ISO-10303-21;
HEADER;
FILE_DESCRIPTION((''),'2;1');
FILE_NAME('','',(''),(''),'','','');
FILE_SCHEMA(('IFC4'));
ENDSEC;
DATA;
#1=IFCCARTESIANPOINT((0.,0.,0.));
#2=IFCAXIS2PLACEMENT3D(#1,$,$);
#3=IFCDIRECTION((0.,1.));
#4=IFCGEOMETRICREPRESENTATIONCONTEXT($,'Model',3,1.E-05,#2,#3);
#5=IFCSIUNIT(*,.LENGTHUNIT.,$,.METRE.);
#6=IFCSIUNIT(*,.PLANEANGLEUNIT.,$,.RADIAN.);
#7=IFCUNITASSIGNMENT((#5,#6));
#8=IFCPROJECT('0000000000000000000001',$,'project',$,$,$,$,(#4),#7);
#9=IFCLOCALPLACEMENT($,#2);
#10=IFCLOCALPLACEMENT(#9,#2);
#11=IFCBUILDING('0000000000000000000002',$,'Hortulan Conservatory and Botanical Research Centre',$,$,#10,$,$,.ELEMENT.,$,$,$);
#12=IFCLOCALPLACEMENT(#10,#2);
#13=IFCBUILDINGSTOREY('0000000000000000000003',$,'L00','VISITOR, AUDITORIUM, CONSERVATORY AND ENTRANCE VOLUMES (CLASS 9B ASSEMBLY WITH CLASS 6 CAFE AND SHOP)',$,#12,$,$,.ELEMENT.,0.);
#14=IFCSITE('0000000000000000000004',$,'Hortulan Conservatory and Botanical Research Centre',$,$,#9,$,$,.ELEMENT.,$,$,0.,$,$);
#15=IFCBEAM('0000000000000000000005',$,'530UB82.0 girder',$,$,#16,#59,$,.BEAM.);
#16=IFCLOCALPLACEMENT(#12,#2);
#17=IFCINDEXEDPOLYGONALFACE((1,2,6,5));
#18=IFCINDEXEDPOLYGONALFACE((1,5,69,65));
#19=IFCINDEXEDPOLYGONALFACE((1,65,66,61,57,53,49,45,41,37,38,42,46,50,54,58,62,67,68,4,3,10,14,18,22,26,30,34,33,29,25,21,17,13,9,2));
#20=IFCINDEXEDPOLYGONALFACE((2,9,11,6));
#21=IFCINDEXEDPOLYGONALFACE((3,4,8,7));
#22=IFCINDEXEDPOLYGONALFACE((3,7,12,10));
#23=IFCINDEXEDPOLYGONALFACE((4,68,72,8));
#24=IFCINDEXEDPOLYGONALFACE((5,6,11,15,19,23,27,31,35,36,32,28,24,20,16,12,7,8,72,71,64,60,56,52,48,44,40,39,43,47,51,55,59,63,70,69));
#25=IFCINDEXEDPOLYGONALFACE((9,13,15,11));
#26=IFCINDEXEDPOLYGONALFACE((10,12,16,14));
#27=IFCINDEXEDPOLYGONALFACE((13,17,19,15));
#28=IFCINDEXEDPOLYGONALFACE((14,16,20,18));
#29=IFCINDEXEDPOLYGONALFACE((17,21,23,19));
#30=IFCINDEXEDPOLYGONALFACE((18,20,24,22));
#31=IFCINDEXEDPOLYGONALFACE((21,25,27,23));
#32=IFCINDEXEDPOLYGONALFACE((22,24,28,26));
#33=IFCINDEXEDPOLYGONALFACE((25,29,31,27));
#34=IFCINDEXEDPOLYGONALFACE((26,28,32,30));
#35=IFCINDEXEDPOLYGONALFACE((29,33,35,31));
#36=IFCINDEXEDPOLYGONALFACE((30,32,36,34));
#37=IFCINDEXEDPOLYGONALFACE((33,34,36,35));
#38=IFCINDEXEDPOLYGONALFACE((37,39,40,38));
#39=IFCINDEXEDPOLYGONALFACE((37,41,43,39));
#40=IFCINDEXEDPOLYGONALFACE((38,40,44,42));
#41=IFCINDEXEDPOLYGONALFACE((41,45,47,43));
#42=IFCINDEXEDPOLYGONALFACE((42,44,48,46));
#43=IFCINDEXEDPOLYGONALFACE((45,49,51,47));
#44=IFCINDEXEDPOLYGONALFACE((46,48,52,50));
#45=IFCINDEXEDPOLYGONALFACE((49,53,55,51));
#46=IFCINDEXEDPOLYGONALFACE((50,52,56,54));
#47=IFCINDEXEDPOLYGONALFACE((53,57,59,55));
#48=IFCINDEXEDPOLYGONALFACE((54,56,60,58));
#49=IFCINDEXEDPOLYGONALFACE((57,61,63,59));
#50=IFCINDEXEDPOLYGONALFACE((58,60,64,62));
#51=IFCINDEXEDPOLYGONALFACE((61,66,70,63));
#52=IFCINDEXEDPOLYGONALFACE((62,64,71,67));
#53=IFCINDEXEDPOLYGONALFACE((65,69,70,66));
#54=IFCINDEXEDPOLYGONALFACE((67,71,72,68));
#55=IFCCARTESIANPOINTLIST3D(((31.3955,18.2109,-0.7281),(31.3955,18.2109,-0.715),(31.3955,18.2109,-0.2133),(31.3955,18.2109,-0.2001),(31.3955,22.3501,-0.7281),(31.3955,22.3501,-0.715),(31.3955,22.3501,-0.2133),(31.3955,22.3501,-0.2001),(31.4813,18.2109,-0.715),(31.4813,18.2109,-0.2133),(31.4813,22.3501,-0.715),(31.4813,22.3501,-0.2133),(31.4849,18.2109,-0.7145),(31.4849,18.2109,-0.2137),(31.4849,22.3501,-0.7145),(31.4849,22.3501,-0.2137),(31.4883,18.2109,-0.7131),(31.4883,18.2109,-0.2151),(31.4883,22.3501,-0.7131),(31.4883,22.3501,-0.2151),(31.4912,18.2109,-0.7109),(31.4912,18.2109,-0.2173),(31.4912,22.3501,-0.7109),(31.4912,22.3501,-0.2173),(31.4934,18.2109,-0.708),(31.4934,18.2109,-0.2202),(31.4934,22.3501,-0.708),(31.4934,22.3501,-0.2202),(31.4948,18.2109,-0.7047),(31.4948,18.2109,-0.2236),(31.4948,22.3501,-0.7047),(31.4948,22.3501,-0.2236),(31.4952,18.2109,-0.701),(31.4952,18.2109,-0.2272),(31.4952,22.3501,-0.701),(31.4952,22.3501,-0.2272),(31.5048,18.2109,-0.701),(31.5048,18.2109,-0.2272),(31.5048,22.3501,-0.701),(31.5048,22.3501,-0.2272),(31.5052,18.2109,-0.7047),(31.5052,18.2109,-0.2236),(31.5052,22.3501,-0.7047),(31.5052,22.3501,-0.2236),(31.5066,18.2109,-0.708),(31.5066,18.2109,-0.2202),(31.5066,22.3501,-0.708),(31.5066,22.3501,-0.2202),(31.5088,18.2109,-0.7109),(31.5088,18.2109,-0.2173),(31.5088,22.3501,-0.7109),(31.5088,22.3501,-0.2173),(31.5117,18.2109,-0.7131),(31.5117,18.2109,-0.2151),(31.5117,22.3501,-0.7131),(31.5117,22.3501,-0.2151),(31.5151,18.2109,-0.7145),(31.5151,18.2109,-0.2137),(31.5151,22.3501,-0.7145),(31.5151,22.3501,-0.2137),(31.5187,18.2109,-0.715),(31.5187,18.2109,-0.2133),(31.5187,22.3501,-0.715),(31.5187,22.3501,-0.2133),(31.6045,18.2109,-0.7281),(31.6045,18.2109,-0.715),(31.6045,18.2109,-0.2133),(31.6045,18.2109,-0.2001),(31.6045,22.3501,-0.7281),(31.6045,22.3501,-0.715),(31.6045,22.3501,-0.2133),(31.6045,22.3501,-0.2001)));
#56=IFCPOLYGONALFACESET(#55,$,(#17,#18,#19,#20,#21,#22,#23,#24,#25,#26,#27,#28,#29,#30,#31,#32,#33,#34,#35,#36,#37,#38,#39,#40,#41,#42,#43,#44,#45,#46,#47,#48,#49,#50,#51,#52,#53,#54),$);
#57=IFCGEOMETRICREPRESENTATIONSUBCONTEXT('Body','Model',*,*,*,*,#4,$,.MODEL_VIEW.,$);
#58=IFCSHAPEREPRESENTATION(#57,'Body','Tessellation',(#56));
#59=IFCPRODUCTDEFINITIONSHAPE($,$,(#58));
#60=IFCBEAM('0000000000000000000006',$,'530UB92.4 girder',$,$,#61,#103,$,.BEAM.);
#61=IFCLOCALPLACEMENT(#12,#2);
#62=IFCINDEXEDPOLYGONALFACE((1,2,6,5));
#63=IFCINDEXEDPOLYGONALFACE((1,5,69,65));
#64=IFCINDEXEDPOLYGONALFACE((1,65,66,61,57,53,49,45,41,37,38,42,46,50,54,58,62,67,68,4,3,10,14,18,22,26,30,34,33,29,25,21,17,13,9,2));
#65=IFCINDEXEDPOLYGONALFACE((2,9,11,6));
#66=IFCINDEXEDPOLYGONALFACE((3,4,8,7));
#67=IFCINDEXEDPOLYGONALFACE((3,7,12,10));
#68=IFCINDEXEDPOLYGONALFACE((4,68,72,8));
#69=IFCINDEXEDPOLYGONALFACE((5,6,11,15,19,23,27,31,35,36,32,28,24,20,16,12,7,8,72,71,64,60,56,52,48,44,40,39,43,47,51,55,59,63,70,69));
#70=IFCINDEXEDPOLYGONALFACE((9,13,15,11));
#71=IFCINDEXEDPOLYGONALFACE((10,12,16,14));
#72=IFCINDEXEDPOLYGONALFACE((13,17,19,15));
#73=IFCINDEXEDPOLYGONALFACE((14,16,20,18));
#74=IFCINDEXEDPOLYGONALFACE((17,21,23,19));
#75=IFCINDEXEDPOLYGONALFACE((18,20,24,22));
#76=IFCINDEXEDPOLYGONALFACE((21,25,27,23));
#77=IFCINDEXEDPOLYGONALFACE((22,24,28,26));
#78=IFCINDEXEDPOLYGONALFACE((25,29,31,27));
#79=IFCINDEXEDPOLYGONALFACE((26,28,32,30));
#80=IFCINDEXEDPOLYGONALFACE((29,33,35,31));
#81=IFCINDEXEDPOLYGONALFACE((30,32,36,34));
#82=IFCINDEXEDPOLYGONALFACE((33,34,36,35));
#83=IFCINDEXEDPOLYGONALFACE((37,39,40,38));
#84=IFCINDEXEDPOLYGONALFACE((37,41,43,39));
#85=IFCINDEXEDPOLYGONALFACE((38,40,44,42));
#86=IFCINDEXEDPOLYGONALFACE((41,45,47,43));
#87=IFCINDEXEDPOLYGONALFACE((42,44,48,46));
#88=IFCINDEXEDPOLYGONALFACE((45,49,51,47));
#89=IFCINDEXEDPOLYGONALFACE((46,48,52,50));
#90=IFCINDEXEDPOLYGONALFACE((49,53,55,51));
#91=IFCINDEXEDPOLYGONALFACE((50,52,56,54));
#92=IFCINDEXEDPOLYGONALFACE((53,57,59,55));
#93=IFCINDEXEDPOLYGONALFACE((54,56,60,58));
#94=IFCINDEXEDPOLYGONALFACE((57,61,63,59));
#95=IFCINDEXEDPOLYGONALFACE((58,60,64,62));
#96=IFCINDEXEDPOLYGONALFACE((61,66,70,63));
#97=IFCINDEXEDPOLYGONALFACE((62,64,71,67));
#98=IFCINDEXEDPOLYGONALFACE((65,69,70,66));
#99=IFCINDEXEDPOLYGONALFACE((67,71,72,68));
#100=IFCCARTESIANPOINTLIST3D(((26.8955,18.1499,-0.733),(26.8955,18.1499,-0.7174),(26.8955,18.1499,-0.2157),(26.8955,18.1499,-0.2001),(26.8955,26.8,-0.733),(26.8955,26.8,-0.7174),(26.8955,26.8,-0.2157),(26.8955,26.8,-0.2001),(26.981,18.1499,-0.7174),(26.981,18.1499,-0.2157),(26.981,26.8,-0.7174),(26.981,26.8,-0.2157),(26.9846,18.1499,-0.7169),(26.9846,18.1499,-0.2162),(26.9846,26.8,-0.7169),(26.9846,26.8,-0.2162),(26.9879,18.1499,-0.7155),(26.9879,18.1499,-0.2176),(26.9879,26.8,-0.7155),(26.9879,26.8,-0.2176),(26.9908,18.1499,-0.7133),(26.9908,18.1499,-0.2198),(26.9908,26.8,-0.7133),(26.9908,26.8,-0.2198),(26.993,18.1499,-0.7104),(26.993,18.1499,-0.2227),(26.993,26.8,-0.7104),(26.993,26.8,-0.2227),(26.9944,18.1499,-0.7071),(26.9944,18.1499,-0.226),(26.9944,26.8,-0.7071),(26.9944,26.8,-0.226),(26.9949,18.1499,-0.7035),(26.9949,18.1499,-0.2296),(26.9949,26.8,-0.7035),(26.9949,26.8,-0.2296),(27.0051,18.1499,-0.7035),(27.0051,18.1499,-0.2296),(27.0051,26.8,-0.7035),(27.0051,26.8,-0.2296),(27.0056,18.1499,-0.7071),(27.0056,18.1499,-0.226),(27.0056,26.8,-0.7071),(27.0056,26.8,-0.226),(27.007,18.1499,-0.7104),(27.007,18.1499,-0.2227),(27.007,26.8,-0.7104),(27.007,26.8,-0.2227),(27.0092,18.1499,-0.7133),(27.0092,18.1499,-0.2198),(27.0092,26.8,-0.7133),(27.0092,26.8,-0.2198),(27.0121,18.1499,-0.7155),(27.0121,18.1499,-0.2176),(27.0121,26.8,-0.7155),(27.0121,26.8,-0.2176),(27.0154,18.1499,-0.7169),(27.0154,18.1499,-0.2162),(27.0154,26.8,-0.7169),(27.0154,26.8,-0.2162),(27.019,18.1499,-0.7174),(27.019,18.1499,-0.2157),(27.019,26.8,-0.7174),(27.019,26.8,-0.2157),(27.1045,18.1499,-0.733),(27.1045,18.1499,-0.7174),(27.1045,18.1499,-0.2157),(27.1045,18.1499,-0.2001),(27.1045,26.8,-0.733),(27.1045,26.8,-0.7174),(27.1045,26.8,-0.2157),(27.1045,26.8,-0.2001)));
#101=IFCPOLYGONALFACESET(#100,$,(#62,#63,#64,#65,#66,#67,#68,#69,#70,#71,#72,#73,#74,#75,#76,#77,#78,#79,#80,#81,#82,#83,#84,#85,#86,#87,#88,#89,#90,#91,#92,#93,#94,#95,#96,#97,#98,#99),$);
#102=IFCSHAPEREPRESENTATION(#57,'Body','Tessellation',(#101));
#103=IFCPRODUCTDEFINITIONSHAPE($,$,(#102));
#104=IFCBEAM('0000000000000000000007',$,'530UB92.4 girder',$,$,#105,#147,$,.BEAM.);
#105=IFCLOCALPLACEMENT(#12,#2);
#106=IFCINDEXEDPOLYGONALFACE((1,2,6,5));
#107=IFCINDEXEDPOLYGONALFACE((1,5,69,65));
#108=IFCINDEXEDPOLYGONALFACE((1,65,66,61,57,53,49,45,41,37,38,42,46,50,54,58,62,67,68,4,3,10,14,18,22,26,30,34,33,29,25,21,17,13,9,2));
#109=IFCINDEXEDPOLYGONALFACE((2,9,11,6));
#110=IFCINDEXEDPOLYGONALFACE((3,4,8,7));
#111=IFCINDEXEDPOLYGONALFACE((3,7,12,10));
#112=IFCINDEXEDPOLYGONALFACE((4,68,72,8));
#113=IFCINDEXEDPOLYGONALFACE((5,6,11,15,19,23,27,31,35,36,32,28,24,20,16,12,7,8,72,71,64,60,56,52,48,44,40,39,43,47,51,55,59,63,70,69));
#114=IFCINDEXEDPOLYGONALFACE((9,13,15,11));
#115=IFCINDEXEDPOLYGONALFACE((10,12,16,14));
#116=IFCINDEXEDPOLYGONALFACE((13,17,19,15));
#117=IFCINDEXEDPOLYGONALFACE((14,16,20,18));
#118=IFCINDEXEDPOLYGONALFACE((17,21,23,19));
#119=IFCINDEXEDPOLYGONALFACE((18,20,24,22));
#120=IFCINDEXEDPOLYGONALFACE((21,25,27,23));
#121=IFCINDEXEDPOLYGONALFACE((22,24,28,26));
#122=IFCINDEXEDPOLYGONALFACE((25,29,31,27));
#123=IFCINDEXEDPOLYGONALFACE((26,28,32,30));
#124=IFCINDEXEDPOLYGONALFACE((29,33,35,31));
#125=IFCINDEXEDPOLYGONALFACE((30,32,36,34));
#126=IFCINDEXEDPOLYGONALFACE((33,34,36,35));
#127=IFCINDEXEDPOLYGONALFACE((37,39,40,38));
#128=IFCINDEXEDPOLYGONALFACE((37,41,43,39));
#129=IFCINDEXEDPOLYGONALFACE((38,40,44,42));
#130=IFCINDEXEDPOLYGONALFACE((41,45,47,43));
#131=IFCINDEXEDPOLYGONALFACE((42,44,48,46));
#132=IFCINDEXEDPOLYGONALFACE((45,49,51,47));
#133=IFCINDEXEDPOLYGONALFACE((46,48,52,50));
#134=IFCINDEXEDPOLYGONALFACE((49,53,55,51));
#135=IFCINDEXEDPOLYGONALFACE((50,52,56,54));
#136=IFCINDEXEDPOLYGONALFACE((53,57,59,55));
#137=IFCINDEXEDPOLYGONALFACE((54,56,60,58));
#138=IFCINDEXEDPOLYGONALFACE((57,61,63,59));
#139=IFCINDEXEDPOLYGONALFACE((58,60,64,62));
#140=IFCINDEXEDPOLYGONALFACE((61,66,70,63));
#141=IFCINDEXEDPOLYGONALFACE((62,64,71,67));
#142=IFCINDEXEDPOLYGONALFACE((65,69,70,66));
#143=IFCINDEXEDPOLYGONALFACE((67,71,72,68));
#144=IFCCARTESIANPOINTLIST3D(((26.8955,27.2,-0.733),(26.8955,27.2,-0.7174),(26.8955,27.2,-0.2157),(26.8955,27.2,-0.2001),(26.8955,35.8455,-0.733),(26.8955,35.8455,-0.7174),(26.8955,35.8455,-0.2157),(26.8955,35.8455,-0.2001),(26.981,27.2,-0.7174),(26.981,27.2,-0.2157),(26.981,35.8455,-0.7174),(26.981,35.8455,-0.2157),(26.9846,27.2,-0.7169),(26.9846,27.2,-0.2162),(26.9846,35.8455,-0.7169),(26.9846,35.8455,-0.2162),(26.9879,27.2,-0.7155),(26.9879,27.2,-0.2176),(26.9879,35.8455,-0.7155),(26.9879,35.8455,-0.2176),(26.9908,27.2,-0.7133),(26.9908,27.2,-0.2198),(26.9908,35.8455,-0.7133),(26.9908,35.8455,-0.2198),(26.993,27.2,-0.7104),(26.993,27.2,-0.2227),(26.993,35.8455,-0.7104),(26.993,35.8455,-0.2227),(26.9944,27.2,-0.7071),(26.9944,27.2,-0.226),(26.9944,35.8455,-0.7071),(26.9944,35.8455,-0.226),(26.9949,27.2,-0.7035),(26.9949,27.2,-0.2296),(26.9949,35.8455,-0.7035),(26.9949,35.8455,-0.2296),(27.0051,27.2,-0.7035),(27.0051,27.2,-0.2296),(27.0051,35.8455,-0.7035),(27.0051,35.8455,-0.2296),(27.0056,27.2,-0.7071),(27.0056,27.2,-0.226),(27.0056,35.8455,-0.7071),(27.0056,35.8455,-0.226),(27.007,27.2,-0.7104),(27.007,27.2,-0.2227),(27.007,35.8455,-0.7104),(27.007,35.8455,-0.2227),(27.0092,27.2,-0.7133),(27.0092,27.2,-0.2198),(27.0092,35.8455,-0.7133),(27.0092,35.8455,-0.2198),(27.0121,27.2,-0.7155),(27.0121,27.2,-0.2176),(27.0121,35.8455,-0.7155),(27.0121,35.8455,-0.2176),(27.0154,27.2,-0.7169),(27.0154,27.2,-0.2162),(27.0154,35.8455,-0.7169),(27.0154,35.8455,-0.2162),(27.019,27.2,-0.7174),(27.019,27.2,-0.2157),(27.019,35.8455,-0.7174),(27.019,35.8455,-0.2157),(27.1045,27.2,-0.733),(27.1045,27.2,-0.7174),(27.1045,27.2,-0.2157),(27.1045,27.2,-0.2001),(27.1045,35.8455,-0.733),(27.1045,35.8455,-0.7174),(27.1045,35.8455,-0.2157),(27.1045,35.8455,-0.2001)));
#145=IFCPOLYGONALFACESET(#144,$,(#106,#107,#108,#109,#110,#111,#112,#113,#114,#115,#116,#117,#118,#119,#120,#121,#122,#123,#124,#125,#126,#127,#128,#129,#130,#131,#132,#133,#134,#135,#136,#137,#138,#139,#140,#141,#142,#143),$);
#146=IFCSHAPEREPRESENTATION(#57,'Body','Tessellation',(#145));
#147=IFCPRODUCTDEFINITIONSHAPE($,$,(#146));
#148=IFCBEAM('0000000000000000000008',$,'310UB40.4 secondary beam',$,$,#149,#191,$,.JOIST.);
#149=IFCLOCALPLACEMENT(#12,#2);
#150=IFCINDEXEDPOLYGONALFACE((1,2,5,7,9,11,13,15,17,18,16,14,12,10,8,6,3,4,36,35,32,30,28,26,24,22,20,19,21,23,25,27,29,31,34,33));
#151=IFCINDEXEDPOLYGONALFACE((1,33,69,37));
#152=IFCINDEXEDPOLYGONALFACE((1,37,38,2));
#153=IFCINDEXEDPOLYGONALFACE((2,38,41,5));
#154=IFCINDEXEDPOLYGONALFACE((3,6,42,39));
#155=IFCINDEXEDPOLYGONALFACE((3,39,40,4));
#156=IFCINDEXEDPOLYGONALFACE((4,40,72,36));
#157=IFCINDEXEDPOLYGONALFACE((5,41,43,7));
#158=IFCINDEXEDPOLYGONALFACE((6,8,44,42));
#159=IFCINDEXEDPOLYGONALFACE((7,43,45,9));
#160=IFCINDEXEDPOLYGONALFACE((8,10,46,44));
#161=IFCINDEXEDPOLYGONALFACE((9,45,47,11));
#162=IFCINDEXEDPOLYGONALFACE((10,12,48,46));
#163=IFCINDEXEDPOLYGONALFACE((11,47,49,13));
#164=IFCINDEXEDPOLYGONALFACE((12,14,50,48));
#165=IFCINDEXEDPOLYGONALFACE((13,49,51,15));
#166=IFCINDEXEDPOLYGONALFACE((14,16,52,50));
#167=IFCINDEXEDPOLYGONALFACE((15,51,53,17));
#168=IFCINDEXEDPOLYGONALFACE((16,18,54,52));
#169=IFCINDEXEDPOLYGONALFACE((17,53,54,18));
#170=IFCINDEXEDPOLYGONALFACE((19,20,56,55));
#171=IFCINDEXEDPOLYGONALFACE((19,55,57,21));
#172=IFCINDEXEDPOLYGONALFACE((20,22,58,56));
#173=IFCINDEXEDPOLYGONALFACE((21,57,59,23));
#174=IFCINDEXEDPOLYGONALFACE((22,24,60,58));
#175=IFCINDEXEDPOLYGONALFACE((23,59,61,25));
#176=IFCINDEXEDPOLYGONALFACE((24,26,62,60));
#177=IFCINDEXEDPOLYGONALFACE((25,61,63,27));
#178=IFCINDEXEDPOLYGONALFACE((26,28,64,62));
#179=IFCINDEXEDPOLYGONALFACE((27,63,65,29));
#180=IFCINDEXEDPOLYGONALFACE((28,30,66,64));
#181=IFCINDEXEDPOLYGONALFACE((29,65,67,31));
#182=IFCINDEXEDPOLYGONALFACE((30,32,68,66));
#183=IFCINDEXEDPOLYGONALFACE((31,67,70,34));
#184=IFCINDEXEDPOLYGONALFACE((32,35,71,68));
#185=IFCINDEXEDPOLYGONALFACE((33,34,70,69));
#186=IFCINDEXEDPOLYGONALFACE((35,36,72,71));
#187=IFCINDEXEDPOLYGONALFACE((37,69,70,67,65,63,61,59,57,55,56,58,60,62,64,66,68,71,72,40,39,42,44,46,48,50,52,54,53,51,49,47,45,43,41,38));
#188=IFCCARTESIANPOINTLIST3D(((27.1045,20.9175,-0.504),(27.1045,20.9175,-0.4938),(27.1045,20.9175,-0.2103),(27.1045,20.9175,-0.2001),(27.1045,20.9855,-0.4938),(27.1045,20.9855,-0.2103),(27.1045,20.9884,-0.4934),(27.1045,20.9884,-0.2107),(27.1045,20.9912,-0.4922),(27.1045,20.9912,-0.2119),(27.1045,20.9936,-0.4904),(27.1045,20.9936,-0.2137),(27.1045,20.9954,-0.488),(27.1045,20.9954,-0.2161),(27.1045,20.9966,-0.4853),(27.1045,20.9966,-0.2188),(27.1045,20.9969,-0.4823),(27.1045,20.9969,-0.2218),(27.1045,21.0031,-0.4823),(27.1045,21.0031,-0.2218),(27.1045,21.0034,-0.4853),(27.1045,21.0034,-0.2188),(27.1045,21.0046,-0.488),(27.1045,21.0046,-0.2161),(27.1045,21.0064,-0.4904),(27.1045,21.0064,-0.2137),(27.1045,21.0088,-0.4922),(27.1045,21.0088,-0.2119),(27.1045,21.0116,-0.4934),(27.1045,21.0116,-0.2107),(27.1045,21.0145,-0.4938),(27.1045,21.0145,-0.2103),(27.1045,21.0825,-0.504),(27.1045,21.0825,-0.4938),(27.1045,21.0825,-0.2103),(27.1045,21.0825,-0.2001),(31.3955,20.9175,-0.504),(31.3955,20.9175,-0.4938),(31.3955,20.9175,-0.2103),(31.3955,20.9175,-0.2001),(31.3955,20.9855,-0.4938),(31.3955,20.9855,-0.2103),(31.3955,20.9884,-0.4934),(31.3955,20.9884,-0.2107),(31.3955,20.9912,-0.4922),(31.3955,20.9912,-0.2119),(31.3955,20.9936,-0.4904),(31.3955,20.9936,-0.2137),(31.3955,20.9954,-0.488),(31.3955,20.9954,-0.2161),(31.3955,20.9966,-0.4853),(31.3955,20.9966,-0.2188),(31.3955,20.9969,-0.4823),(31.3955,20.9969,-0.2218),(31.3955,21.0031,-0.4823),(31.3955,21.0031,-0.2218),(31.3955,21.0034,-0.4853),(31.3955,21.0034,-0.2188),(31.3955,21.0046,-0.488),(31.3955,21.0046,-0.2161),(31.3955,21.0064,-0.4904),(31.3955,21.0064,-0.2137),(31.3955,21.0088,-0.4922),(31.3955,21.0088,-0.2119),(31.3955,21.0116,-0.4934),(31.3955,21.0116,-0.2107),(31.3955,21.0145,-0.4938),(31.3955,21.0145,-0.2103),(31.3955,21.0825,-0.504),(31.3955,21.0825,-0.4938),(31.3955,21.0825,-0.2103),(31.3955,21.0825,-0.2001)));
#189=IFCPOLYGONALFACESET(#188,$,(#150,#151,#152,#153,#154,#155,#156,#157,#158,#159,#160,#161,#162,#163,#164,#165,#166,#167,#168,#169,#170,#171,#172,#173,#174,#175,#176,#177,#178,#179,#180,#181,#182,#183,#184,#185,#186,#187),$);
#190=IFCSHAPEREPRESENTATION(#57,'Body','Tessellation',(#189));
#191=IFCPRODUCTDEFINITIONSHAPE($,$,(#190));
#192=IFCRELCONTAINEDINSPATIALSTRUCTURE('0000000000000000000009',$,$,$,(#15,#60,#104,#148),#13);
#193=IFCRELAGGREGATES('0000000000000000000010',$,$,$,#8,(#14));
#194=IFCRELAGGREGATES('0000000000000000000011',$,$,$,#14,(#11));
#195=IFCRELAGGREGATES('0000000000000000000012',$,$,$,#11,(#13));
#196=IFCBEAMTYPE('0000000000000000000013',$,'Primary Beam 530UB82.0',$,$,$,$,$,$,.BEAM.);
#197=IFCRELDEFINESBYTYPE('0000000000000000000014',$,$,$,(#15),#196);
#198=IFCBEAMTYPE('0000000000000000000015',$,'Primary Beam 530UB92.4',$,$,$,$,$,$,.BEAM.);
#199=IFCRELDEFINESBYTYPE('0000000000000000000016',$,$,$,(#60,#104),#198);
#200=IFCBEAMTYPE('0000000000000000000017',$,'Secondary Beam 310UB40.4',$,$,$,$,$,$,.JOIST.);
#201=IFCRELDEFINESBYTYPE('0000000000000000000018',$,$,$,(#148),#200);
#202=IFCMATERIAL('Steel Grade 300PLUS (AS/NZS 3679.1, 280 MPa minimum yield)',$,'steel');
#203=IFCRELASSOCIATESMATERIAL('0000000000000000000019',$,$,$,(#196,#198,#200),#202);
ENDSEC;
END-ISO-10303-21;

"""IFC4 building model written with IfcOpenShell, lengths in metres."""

from ifc_helpers import new_model, si_unit, direction, frame, origin, origin_2d, place, context, subcontext, project, spatial, i_section, extrude, material, material_profile, profile_set, type_object, element, save


model = new_model("IFC4")

# Units and contexts
model_context = context("Model", 3, precision=1e-05, world=origin(), true_north=direction((0.0, 1.0)))
body_context = subcontext(model_context, "Body", "Model", "MODEL_VIEW")
ifc_project = project(units=[si_unit("LENGTHUNIT", "METRE"), si_unit("PLANEANGLEUNIT", "RADIAN")], contexts=[model_context])

# Site, building, storey
site_placement = place(None, origin())
site = spatial("IfcSite", under=ifc_project, at=site_placement, Name="Hortulan Conservatory and Botanical Research Centre", CompositionType="ELEMENT", RefElevation=0.0)
building_placement = place(site_placement, origin())
building = spatial("IfcBuilding", under=site, at=building_placement, Name="Hortulan Conservatory and Botanical Research Centre", CompositionType="ELEMENT")
storey_placement = place(building_placement, origin())
storey = spatial("IfcBuildingStorey", under=building, at=storey_placement, Name="L00", Description="VISITOR, AUDITORIUM, CONSERVATORY AND ENTRANCE VOLUMES (CLASS 9B ASSEMBLY WITH CLASS 6 CAFE AND SHOP)", CompositionType="ELEMENT", Elevation=0.0)

# Beams
ifc_material_1 = material(Name="Steel Grade 300PLUS (AS/NZS 3679.1, 280 MPa minimum yield)", Category="steel")
ifc_material_profile_1 = material_profile(ifc_material_1, i_section(OverallWidth=0.209, OverallDepth=0.5281, WebThickness=0.0095, FlangeThickness=0.0132, FilletRadius=0.0139, at=origin_2d()), Name="530UB82.0")
ifc_profile_set_1 = profile_set([ifc_material_profile_1], Name="Steel Grade 300PLUS (AS/NZS 3679.1, 280 MPa minimum yield)")
beam_type_1 = type_object("IfcBeamType", Name="Primary Beam 530UB82.0", PredefinedType="BEAM", material=ifc_profile_set_1)
beam_1_placement = place(storey_placement, frame((31.5, 18.2109, -0.4641), z_axis=(0.0, 1.0, 0.0), x_axis=(-1.0, 0.0, 0.0)))
element("IfcBeam", 1, at=beam_1_placement, inside=storey, type_object=beam_type_1, Name="530UB82.0 girder", PredefinedType="BEAM", context=body_context, shape_type="SweptSolid", body=[
    extrude(i_section(OverallWidth=0.209, OverallDepth=0.5281, WebThickness=0.0095, FlangeThickness=0.0132, FilletRadius=0.0139, at=origin_2d()), origin(), (0.0, 0.0, 1.0), 4.1392),
])
ifc_material_profile_2 = material_profile(ifc_material_1, i_section(OverallWidth=0.209, OverallDepth=0.533, WebThickness=0.0103, FlangeThickness=0.0156, FilletRadius=0.0139, at=origin_2d()), Name="530UB92.4")
ifc_profile_set_2 = profile_set([ifc_material_profile_2], Name="Steel Grade 300PLUS (AS/NZS 3679.1, 280 MPa minimum yield)")
beam_type_2 = type_object("IfcBeamType", Name="Primary Beam 530UB92.4", PredefinedType="BEAM", material=ifc_profile_set_2)
beam_2_placement = place(storey_placement, frame((27.0, 18.1499, -0.4666), z_axis=(0.0, 1.0, 0.0), x_axis=(-1.0, 0.0, 0.0)))
element("IfcBeam", 2, at=beam_2_placement, inside=storey, type_object=beam_type_2, Name="530UB92.4 girder", PredefinedType="BEAM", context=body_context, shape_type="SweptSolid", body=[
    extrude(i_section(OverallWidth=0.209, OverallDepth=0.533, WebThickness=0.0103, FlangeThickness=0.0156, FilletRadius=0.0139, at=origin_2d()), origin(), (0.0, 0.0, 1.0), 8.6501),
])
beam_3_placement = place(storey_placement, frame((27.0, 27.2, -0.4666), z_axis=(0.0, 1.0, 0.0), x_axis=(-1.0, 0.0, 0.0)))
element("IfcBeam", 3, at=beam_3_placement, inside=storey, type_object=beam_type_2, Name="530UB92.4 girder", PredefinedType="BEAM", context=body_context, shape_type="SweptSolid", body=[
    extrude(i_section(OverallWidth=0.209, OverallDepth=0.533, WebThickness=0.0103, FlangeThickness=0.0156, FilletRadius=0.0139, at=origin_2d()), origin(), (0.0, 0.0, 1.0), 8.6455),
])
ifc_material_profile_3 = material_profile(ifc_material_1, i_section(OverallWidth=0.165, OverallDepth=0.304, WebThickness=0.0061, FlangeThickness=0.0103, FilletRadius=0.0115, at=origin_2d()), Name="310UB40.4")
ifc_profile_set_3 = profile_set([ifc_material_profile_3], Name="Steel Grade 300PLUS (AS/NZS 3679.1, 280 MPa minimum yield)")
beam_type_3 = type_object("IfcBeamType", Name="Secondary Beam 310UB40.4", PredefinedType="JOIST", material=ifc_profile_set_3)
beam_4_placement = place(storey_placement, frame((27.1045, 21.0, -0.3521), z_axis=(1.0, 0.0, 0.0), x_axis=(0.0, 1.0, 0.0)))
element("IfcBeam", 4, at=beam_4_placement, inside=storey, type_object=beam_type_3, Name="310UB40.4 secondary beam", PredefinedType="JOIST", context=body_context, shape_type="SweptSolid", body=[
    extrude(i_section(OverallWidth=0.165, OverallDepth=0.304, WebThickness=0.0061, FlangeThickness=0.0103, FilletRadius=0.0115, at=origin_2d()), origin(), (0.0, 0.0, 1.0), 4.291),
])

save(model, "model.ifc")
